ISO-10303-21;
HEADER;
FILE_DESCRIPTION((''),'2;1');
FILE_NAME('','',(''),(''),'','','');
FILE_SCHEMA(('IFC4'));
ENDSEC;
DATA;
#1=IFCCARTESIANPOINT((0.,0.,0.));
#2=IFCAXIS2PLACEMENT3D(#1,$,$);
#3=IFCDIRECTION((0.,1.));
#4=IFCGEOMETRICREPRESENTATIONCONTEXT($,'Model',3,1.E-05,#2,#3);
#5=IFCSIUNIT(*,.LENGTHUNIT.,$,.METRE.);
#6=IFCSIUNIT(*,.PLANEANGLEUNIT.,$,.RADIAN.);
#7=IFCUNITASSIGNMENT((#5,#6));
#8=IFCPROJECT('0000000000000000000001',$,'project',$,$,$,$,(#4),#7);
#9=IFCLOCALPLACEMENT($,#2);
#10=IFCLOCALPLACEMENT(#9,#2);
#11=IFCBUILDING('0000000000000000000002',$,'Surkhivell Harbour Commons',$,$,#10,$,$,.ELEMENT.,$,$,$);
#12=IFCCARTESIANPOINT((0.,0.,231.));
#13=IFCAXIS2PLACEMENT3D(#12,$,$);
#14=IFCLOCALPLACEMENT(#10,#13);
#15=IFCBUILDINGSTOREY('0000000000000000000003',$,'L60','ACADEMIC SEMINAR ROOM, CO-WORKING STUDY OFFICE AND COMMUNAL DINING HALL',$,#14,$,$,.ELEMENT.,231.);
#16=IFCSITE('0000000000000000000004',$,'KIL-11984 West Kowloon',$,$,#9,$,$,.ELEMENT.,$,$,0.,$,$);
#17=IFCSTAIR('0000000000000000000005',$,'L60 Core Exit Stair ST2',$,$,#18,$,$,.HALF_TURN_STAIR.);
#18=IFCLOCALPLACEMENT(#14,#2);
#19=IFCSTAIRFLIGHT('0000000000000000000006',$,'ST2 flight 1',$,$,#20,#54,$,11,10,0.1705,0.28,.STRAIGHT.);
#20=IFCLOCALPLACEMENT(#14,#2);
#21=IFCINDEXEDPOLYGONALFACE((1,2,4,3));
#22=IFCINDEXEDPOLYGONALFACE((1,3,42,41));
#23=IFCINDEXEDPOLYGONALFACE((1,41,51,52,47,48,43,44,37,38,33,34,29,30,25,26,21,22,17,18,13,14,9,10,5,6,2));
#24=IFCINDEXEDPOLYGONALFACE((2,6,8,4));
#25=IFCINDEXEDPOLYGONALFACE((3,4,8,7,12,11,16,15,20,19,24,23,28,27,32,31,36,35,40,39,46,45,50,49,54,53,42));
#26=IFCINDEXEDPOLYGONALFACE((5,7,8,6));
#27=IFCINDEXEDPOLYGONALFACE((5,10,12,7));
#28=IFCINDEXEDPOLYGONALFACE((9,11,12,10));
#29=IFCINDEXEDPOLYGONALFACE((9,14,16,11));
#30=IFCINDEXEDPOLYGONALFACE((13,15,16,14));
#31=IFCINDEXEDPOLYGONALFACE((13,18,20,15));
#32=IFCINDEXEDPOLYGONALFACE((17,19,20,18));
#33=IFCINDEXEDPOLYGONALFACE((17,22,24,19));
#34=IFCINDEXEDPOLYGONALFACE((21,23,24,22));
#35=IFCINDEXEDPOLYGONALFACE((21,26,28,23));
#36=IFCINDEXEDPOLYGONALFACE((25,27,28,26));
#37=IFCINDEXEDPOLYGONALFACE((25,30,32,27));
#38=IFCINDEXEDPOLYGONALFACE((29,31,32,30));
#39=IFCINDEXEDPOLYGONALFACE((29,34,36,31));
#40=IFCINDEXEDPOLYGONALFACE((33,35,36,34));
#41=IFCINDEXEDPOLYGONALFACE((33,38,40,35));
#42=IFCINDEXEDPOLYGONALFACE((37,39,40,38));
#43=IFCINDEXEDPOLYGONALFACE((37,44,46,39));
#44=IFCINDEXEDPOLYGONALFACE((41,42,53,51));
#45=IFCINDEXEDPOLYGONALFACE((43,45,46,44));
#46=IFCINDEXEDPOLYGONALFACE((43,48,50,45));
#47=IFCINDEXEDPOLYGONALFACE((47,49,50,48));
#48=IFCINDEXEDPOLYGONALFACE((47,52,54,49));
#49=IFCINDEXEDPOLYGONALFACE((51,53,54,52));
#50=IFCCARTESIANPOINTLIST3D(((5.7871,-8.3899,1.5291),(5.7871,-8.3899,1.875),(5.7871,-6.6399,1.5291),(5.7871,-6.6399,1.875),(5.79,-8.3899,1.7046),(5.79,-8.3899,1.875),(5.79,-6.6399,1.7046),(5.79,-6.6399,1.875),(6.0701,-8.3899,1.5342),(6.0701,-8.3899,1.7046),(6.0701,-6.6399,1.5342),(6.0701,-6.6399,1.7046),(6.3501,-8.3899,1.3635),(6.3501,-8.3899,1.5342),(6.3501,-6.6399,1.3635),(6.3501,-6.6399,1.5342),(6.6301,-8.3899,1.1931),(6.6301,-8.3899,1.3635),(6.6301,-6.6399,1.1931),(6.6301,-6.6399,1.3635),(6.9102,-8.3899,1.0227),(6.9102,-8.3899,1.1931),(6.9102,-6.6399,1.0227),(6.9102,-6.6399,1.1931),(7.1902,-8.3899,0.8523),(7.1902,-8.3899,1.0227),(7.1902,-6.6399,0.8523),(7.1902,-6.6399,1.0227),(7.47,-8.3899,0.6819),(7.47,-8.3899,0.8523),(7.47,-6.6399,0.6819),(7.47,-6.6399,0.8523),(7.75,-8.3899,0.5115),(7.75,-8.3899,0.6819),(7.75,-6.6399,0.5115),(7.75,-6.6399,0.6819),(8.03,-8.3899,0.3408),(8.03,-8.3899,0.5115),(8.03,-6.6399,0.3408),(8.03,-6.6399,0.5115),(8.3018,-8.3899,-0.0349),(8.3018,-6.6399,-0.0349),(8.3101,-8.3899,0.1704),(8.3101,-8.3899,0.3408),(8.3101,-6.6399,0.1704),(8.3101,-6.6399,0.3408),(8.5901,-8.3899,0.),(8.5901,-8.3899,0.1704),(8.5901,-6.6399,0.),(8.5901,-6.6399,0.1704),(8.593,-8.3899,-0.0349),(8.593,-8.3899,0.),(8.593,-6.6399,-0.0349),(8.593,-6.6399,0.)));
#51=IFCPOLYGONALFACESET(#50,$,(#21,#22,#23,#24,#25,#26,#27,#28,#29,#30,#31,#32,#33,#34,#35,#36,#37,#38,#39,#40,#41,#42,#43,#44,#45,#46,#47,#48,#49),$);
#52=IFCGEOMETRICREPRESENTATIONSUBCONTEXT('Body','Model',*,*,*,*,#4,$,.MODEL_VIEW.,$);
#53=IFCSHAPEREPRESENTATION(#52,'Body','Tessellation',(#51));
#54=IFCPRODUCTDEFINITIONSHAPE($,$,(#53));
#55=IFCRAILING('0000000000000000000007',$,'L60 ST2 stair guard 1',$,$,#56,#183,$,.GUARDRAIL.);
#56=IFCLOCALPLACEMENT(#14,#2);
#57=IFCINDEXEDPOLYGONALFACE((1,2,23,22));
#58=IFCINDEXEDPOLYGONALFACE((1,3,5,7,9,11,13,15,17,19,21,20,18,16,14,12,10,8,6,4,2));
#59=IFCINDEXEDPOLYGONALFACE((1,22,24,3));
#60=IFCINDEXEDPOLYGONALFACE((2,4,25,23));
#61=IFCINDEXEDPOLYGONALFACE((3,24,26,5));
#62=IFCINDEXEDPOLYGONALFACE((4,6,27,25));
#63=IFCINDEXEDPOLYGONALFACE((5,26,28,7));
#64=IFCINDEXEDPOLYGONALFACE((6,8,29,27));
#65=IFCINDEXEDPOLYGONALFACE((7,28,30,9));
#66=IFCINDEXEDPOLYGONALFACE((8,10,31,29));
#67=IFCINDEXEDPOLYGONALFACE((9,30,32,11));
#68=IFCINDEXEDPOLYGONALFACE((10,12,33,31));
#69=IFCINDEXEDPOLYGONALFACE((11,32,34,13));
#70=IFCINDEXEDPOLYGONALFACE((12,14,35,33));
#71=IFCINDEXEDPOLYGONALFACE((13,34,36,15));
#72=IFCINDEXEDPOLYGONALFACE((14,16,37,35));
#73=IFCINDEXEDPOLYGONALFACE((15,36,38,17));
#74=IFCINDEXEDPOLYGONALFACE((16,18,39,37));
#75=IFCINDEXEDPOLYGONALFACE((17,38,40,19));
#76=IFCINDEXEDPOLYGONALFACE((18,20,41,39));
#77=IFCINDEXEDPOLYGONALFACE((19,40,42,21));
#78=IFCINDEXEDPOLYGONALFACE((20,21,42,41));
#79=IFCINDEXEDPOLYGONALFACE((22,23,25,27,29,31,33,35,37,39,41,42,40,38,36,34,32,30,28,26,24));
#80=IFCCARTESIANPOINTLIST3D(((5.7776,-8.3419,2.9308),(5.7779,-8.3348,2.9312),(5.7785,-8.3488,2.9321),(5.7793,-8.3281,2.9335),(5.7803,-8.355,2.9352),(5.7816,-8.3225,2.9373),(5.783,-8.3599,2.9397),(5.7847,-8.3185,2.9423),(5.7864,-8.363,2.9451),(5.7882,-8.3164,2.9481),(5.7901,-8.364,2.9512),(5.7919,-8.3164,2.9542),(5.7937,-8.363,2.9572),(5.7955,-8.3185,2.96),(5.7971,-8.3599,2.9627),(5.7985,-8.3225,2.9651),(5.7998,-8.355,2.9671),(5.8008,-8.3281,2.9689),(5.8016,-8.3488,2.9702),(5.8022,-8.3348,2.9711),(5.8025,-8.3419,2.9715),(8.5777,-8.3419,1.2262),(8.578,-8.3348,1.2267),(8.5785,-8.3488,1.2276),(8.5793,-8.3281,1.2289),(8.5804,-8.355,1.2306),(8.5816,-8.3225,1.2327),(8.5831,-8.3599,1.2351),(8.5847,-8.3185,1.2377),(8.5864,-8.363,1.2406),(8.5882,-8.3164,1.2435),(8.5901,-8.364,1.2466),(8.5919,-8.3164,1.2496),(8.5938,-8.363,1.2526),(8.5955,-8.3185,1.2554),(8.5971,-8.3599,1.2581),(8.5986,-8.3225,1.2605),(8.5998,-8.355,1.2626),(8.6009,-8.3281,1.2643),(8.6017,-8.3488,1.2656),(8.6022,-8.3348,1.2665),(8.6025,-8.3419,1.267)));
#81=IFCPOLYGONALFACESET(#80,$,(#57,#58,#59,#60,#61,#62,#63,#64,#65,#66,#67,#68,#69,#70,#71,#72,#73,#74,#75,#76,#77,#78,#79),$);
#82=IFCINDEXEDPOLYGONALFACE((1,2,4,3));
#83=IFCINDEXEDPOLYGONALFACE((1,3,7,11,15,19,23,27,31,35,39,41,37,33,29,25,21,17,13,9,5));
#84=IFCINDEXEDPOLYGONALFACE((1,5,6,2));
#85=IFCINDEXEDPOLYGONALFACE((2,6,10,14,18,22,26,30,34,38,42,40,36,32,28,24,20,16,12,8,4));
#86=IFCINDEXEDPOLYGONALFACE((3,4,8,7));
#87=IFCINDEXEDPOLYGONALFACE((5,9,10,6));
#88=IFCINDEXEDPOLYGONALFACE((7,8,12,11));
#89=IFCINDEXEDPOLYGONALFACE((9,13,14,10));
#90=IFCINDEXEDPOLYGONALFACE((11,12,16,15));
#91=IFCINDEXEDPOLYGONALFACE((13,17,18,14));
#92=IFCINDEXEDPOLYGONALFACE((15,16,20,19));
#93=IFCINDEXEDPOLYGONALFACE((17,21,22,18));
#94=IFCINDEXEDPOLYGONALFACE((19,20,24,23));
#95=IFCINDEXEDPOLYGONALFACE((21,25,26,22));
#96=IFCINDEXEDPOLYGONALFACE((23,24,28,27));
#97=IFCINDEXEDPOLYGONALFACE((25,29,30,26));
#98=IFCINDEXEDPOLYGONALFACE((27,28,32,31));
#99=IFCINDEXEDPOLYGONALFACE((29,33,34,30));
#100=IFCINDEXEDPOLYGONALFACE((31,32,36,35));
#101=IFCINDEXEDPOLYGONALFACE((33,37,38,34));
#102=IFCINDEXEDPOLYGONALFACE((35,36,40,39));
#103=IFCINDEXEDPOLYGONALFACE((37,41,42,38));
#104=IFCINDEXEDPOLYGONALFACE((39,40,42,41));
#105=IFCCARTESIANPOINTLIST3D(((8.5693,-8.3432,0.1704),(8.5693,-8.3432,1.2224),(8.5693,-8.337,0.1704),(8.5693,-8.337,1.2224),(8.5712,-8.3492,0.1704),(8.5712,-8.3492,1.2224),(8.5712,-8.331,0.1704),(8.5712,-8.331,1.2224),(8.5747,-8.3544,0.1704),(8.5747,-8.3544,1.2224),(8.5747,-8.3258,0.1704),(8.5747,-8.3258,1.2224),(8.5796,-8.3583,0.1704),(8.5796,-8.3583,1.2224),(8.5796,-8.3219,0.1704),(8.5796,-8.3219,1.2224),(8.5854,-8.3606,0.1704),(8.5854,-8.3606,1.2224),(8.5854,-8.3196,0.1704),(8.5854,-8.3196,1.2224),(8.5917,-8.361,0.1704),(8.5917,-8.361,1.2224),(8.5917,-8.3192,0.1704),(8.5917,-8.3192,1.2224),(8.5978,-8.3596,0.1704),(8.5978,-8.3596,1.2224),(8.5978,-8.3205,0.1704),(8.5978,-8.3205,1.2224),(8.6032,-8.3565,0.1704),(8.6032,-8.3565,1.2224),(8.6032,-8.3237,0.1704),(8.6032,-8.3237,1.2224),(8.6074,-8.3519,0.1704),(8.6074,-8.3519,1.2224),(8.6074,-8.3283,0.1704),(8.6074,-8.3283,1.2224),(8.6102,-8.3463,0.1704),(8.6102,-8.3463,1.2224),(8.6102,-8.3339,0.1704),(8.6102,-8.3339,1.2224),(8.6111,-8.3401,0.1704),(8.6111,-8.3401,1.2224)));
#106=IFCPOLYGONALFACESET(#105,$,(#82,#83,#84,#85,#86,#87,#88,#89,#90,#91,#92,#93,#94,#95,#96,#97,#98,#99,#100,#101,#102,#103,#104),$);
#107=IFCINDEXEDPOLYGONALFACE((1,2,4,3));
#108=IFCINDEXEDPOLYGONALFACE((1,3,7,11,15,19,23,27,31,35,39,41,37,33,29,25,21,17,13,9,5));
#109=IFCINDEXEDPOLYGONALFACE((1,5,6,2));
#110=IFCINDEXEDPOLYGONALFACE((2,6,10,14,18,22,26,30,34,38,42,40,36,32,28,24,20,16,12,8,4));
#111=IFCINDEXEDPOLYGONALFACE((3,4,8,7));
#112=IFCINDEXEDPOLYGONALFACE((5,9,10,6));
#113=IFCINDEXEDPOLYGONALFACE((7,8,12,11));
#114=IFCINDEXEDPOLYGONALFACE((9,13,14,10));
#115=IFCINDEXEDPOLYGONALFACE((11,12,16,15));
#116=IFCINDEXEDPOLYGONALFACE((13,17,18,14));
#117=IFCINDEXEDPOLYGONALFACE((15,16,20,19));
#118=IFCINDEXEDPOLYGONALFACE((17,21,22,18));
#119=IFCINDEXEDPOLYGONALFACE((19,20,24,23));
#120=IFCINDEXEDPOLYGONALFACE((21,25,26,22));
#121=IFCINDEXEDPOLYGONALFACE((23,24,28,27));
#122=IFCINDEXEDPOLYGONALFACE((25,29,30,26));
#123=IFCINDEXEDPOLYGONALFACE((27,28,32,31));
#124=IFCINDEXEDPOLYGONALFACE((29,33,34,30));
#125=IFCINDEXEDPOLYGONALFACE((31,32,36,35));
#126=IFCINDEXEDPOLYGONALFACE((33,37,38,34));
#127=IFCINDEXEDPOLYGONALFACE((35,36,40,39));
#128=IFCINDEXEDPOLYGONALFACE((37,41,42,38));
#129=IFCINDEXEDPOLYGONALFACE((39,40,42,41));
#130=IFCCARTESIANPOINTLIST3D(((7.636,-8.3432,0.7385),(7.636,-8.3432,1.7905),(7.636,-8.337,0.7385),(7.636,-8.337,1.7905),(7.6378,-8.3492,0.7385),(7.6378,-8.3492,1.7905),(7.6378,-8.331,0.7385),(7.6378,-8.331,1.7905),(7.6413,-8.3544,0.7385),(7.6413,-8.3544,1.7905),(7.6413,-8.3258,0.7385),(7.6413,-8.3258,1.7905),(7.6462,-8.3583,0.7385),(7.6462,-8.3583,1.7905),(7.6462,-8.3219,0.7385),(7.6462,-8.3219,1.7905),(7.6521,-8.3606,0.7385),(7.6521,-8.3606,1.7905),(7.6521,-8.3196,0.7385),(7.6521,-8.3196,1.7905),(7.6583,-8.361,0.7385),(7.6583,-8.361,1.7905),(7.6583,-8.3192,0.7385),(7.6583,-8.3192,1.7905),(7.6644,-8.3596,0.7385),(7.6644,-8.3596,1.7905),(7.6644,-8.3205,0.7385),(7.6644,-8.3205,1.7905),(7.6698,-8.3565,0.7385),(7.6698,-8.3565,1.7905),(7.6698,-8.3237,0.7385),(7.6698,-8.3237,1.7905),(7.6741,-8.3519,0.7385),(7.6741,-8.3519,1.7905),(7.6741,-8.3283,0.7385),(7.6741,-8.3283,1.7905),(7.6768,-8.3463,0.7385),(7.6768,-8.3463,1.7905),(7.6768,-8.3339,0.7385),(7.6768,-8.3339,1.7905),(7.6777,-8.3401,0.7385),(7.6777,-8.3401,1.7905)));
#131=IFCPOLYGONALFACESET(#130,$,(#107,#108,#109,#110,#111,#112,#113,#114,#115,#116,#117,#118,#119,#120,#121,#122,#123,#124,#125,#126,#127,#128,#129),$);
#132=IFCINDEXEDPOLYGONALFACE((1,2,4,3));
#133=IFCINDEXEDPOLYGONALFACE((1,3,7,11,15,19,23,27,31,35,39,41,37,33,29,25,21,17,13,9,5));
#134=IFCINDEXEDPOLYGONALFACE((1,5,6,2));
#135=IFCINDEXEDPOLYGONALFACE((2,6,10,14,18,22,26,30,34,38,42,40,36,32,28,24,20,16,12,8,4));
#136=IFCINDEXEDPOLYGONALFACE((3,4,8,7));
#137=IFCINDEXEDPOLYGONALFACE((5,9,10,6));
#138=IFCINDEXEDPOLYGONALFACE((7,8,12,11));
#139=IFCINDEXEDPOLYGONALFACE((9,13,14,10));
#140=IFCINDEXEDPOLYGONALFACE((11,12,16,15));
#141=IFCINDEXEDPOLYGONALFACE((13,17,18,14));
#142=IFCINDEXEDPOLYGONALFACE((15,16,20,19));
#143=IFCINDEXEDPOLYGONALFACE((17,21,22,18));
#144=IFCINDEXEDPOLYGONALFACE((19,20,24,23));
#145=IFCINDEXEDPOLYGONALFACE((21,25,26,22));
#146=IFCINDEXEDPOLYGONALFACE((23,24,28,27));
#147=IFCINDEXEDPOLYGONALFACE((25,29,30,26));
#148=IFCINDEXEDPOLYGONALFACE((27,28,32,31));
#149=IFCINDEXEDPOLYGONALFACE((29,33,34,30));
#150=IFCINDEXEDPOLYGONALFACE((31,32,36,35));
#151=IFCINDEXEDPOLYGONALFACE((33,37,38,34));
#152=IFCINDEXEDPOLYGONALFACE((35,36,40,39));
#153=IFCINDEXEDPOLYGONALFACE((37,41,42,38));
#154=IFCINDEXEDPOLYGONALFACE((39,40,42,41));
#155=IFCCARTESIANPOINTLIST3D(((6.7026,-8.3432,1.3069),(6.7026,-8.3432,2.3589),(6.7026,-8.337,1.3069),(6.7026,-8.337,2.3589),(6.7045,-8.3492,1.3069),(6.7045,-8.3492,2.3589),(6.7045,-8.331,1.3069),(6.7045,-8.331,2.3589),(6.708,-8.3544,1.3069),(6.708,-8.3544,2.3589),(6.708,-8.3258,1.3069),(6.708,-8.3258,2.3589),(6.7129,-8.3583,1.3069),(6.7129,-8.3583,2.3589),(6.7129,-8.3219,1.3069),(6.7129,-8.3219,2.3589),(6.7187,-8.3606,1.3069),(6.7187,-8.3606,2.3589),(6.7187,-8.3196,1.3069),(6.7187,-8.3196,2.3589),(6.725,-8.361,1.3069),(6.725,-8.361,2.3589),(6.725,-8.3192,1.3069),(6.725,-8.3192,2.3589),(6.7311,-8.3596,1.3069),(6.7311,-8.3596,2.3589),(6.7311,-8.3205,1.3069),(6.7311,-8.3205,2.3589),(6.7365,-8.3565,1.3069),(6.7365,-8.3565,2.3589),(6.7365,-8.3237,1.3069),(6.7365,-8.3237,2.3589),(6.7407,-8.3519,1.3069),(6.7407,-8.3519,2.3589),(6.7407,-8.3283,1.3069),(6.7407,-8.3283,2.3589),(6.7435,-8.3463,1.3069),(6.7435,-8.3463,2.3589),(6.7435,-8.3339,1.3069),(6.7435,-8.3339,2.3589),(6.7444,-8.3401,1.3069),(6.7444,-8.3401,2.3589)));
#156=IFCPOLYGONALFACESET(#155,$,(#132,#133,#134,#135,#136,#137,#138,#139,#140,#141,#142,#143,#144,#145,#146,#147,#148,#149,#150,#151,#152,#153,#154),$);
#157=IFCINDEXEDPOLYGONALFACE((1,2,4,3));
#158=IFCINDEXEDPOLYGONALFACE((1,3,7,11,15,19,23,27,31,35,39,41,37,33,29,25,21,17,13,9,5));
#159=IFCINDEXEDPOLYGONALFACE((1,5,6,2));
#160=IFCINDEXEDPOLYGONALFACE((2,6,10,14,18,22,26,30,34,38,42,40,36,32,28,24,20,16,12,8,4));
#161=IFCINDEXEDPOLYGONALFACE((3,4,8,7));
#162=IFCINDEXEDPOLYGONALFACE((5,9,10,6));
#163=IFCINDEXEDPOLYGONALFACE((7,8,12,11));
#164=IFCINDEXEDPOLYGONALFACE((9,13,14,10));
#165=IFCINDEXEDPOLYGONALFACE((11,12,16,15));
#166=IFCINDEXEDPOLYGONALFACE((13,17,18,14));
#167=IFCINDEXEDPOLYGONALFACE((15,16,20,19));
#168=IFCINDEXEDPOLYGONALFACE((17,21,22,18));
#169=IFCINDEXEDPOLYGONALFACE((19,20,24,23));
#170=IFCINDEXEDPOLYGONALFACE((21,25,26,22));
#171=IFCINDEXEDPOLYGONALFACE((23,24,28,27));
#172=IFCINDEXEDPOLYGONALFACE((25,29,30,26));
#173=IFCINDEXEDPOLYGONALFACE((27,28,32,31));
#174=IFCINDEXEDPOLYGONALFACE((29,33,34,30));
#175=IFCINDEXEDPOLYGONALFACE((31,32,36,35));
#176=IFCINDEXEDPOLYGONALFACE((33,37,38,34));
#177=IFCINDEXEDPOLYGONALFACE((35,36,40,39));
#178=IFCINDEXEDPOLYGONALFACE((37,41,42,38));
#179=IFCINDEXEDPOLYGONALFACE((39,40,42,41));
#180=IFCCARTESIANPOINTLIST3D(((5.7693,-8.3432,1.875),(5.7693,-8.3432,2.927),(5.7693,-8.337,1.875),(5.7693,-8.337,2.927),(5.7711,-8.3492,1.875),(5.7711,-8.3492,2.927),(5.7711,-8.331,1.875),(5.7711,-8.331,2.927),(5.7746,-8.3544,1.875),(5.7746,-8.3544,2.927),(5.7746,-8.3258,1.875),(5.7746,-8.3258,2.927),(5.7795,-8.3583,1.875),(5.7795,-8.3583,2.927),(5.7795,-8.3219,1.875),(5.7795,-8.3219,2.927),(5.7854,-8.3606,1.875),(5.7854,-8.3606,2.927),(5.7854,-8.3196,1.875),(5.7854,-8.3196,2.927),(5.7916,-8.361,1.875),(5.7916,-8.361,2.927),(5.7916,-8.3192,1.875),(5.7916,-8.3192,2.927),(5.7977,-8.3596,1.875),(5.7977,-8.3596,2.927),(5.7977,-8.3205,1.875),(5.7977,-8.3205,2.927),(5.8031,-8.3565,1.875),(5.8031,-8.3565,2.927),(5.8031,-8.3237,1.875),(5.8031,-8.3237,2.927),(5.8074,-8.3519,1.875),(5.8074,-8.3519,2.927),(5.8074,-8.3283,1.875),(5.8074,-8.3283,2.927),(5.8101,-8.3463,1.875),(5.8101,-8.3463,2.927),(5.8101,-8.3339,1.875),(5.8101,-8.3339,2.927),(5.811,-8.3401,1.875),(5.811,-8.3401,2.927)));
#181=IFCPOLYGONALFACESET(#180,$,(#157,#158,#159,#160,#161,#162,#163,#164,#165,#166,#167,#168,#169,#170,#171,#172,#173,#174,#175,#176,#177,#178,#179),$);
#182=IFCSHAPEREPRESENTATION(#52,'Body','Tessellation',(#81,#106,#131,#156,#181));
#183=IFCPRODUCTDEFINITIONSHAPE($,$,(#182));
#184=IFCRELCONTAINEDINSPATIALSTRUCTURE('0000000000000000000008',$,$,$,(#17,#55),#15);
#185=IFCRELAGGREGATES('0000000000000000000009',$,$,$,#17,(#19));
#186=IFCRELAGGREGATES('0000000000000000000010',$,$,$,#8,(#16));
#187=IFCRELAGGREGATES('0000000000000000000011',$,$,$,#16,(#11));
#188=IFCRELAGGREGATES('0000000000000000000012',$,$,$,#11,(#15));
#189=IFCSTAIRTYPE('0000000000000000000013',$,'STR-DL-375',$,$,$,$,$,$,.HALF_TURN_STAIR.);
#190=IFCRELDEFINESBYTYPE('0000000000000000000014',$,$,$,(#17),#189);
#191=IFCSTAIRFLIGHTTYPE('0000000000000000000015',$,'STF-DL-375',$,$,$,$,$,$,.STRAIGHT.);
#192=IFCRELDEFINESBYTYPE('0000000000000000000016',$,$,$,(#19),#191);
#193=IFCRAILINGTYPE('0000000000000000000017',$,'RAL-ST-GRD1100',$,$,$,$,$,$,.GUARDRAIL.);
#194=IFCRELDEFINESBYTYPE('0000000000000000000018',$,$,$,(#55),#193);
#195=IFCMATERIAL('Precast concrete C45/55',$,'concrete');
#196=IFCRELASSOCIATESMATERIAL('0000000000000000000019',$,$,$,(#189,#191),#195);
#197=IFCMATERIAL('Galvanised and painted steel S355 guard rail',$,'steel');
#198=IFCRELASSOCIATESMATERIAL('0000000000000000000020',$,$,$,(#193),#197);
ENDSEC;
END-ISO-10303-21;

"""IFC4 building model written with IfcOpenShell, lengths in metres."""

from ifc_helpers import new_model, si_unit, direction, frame, origin, origin_2d, place, context, subcontext, project, spatial, polyline, circle, outline, extrude, material, type_object, element, aggregate, save


model = new_model("IFC4")

# Units and contexts
model_context = context("Model", 3, precision=1e-05, world=origin(), true_north=direction((0.0, 1.0)))
body_context = subcontext(model_context, "Body", "Model", "MODEL_VIEW")
ifc_project = project(units=[si_unit("LENGTHUNIT", "METRE"), si_unit("PLANEANGLEUNIT", "RADIAN")], contexts=[model_context])

# Site, building, storey
site_placement = place(None, origin())
site = spatial("IfcSite", under=ifc_project, at=site_placement, Name="KIL-11984 West Kowloon", CompositionType="ELEMENT", RefElevation=0.0)
building_placement = place(site_placement, origin())
building = spatial("IfcBuilding", under=site, at=building_placement, Name="Surkhivell Harbour Commons", CompositionType="ELEMENT")
storey_placement = place(building_placement, frame((0.0, 0.0, 231.0)))
storey = spatial("IfcBuildingStorey", under=building, at=storey_placement, Name="L60", Description="ACADEMIC SEMINAR ROOM, CO-WORKING STUDY OFFICE AND COMMUNAL DINING HALL", CompositionType="ELEMENT", Elevation=231.0)

# Stair, stair flight
ifc_material_1 = material(Name="Precast concrete C45/55", Category="concrete")
stair_type = type_object("IfcStairType", Name="STR-DL-375", PredefinedType="HALF_TURN_STAIR", material=ifc_material_1)
stair_placement = place(storey_placement, origin())
stair = element("IfcStair", 1, at=stair_placement, inside=storey, type_object=stair_type, Name="L60 Core Exit Stair ST2", PredefinedType="HALF_TURN_STAIR")
stair_flight_type = type_object("IfcStairFlightType", Name="STF-DL-375", PredefinedType="STRAIGHT", material=ifc_material_1)
stair_flight_placement = place(storey_placement, frame((8.5901, -7.5149, 0.0), z_axis=(0.0, 0.0, 1.0), x_axis=(-1.0, 0.0, 0.0)))
stair_flight = element("IfcStairFlight", 2, at=stair_flight_placement, type_object=stair_flight_type, Name="ST2 flight 1", NumberOfRisers=11, NumberOfTreads=10, PredefinedType="STRAIGHT", RiserHeight=0.1705, TreadLength=0.28, context=body_context, shape_type="SweptSolid", body=[
    extrude(outline(polyline([(-0.0029, -0.0349), (-0.0029, 0.0), (0.0, 0.0), (0.0, 0.1704), (0.28, 0.1704), (0.28, 0.3408), (0.5601, 0.3408), (0.5601, 0.5115), (0.8401, 0.5115), (0.8401, 0.6819), (1.1201, 0.6819), (1.1201, 0.8523), (1.3999, 0.8523), (1.3999, 1.0227), (1.6799, 1.0227), (1.6799, 1.1931), (1.96, 1.1931), (1.96, 1.3635), (2.24, 1.3635), (2.24, 1.5342), (2.52, 1.5342), (2.52, 1.7046), (2.8, 1.7046), (2.8, 1.875), (2.803, 1.875), (2.803, 1.5291), (0.2883, -0.0349), (-0.0029, -0.0349)])), frame((0.0, 0.875, 0.0), z_axis=(0.0, -1.0, 0.0), x_axis=(1.0, 0.0, 0.0)), (0.0, 0.0, 1.0), 1.75),
])
aggregate(stair, [stair_flight])

# Railing
ifc_material_2 = material(Name="Galvanised and painted steel S355 guard rail", Category="steel")
railing_type_1 = type_object("IfcRailingType", Name="RAL-ST-GRD1100", PredefinedType="GUARDRAIL", material=ifc_material_2)
railing_1_placement = place(storey_placement, frame((8.5901, -8.3401, 0.1704)))
element("IfcRailing", 3, at=railing_1_placement, inside=storey, type_object=railing_type_1, Name="L60 ST2 stair guard 1", PredefinedType="GUARDRAIL", context=body_context, shape_type="SweptSolid", body=[
    extrude(circle(Radius=0.0239, at=origin_2d()), frame((0.0, 0.0, 1.0762), z_axis=(-0.85417, 0.0, 0.519994), x_axis=(0.0, -1.0, 0.0)), (0.0, 0.0, 1.0), 3.2781),
    extrude(circle(Radius=0.021, at=origin_2d()), origin(), (0.0, 0.0, 1.0), 1.052),
    extrude(circle(Radius=0.021, at=origin_2d()), frame((-0.9333, 0.0, 0.5681)), (0.0, 0.0, 1.0), 1.052),
    extrude(circle(Radius=0.021, at=origin_2d()), frame((-1.8667, 0.0, 1.1365)), (0.0, 0.0, 1.0), 1.052),
    extrude(circle(Radius=0.021, at=origin_2d()), frame((-2.8, 0.0, 1.7046)), (0.0, 0.0, 1.0), 1.052),
])

save(model, "model.ifc")
